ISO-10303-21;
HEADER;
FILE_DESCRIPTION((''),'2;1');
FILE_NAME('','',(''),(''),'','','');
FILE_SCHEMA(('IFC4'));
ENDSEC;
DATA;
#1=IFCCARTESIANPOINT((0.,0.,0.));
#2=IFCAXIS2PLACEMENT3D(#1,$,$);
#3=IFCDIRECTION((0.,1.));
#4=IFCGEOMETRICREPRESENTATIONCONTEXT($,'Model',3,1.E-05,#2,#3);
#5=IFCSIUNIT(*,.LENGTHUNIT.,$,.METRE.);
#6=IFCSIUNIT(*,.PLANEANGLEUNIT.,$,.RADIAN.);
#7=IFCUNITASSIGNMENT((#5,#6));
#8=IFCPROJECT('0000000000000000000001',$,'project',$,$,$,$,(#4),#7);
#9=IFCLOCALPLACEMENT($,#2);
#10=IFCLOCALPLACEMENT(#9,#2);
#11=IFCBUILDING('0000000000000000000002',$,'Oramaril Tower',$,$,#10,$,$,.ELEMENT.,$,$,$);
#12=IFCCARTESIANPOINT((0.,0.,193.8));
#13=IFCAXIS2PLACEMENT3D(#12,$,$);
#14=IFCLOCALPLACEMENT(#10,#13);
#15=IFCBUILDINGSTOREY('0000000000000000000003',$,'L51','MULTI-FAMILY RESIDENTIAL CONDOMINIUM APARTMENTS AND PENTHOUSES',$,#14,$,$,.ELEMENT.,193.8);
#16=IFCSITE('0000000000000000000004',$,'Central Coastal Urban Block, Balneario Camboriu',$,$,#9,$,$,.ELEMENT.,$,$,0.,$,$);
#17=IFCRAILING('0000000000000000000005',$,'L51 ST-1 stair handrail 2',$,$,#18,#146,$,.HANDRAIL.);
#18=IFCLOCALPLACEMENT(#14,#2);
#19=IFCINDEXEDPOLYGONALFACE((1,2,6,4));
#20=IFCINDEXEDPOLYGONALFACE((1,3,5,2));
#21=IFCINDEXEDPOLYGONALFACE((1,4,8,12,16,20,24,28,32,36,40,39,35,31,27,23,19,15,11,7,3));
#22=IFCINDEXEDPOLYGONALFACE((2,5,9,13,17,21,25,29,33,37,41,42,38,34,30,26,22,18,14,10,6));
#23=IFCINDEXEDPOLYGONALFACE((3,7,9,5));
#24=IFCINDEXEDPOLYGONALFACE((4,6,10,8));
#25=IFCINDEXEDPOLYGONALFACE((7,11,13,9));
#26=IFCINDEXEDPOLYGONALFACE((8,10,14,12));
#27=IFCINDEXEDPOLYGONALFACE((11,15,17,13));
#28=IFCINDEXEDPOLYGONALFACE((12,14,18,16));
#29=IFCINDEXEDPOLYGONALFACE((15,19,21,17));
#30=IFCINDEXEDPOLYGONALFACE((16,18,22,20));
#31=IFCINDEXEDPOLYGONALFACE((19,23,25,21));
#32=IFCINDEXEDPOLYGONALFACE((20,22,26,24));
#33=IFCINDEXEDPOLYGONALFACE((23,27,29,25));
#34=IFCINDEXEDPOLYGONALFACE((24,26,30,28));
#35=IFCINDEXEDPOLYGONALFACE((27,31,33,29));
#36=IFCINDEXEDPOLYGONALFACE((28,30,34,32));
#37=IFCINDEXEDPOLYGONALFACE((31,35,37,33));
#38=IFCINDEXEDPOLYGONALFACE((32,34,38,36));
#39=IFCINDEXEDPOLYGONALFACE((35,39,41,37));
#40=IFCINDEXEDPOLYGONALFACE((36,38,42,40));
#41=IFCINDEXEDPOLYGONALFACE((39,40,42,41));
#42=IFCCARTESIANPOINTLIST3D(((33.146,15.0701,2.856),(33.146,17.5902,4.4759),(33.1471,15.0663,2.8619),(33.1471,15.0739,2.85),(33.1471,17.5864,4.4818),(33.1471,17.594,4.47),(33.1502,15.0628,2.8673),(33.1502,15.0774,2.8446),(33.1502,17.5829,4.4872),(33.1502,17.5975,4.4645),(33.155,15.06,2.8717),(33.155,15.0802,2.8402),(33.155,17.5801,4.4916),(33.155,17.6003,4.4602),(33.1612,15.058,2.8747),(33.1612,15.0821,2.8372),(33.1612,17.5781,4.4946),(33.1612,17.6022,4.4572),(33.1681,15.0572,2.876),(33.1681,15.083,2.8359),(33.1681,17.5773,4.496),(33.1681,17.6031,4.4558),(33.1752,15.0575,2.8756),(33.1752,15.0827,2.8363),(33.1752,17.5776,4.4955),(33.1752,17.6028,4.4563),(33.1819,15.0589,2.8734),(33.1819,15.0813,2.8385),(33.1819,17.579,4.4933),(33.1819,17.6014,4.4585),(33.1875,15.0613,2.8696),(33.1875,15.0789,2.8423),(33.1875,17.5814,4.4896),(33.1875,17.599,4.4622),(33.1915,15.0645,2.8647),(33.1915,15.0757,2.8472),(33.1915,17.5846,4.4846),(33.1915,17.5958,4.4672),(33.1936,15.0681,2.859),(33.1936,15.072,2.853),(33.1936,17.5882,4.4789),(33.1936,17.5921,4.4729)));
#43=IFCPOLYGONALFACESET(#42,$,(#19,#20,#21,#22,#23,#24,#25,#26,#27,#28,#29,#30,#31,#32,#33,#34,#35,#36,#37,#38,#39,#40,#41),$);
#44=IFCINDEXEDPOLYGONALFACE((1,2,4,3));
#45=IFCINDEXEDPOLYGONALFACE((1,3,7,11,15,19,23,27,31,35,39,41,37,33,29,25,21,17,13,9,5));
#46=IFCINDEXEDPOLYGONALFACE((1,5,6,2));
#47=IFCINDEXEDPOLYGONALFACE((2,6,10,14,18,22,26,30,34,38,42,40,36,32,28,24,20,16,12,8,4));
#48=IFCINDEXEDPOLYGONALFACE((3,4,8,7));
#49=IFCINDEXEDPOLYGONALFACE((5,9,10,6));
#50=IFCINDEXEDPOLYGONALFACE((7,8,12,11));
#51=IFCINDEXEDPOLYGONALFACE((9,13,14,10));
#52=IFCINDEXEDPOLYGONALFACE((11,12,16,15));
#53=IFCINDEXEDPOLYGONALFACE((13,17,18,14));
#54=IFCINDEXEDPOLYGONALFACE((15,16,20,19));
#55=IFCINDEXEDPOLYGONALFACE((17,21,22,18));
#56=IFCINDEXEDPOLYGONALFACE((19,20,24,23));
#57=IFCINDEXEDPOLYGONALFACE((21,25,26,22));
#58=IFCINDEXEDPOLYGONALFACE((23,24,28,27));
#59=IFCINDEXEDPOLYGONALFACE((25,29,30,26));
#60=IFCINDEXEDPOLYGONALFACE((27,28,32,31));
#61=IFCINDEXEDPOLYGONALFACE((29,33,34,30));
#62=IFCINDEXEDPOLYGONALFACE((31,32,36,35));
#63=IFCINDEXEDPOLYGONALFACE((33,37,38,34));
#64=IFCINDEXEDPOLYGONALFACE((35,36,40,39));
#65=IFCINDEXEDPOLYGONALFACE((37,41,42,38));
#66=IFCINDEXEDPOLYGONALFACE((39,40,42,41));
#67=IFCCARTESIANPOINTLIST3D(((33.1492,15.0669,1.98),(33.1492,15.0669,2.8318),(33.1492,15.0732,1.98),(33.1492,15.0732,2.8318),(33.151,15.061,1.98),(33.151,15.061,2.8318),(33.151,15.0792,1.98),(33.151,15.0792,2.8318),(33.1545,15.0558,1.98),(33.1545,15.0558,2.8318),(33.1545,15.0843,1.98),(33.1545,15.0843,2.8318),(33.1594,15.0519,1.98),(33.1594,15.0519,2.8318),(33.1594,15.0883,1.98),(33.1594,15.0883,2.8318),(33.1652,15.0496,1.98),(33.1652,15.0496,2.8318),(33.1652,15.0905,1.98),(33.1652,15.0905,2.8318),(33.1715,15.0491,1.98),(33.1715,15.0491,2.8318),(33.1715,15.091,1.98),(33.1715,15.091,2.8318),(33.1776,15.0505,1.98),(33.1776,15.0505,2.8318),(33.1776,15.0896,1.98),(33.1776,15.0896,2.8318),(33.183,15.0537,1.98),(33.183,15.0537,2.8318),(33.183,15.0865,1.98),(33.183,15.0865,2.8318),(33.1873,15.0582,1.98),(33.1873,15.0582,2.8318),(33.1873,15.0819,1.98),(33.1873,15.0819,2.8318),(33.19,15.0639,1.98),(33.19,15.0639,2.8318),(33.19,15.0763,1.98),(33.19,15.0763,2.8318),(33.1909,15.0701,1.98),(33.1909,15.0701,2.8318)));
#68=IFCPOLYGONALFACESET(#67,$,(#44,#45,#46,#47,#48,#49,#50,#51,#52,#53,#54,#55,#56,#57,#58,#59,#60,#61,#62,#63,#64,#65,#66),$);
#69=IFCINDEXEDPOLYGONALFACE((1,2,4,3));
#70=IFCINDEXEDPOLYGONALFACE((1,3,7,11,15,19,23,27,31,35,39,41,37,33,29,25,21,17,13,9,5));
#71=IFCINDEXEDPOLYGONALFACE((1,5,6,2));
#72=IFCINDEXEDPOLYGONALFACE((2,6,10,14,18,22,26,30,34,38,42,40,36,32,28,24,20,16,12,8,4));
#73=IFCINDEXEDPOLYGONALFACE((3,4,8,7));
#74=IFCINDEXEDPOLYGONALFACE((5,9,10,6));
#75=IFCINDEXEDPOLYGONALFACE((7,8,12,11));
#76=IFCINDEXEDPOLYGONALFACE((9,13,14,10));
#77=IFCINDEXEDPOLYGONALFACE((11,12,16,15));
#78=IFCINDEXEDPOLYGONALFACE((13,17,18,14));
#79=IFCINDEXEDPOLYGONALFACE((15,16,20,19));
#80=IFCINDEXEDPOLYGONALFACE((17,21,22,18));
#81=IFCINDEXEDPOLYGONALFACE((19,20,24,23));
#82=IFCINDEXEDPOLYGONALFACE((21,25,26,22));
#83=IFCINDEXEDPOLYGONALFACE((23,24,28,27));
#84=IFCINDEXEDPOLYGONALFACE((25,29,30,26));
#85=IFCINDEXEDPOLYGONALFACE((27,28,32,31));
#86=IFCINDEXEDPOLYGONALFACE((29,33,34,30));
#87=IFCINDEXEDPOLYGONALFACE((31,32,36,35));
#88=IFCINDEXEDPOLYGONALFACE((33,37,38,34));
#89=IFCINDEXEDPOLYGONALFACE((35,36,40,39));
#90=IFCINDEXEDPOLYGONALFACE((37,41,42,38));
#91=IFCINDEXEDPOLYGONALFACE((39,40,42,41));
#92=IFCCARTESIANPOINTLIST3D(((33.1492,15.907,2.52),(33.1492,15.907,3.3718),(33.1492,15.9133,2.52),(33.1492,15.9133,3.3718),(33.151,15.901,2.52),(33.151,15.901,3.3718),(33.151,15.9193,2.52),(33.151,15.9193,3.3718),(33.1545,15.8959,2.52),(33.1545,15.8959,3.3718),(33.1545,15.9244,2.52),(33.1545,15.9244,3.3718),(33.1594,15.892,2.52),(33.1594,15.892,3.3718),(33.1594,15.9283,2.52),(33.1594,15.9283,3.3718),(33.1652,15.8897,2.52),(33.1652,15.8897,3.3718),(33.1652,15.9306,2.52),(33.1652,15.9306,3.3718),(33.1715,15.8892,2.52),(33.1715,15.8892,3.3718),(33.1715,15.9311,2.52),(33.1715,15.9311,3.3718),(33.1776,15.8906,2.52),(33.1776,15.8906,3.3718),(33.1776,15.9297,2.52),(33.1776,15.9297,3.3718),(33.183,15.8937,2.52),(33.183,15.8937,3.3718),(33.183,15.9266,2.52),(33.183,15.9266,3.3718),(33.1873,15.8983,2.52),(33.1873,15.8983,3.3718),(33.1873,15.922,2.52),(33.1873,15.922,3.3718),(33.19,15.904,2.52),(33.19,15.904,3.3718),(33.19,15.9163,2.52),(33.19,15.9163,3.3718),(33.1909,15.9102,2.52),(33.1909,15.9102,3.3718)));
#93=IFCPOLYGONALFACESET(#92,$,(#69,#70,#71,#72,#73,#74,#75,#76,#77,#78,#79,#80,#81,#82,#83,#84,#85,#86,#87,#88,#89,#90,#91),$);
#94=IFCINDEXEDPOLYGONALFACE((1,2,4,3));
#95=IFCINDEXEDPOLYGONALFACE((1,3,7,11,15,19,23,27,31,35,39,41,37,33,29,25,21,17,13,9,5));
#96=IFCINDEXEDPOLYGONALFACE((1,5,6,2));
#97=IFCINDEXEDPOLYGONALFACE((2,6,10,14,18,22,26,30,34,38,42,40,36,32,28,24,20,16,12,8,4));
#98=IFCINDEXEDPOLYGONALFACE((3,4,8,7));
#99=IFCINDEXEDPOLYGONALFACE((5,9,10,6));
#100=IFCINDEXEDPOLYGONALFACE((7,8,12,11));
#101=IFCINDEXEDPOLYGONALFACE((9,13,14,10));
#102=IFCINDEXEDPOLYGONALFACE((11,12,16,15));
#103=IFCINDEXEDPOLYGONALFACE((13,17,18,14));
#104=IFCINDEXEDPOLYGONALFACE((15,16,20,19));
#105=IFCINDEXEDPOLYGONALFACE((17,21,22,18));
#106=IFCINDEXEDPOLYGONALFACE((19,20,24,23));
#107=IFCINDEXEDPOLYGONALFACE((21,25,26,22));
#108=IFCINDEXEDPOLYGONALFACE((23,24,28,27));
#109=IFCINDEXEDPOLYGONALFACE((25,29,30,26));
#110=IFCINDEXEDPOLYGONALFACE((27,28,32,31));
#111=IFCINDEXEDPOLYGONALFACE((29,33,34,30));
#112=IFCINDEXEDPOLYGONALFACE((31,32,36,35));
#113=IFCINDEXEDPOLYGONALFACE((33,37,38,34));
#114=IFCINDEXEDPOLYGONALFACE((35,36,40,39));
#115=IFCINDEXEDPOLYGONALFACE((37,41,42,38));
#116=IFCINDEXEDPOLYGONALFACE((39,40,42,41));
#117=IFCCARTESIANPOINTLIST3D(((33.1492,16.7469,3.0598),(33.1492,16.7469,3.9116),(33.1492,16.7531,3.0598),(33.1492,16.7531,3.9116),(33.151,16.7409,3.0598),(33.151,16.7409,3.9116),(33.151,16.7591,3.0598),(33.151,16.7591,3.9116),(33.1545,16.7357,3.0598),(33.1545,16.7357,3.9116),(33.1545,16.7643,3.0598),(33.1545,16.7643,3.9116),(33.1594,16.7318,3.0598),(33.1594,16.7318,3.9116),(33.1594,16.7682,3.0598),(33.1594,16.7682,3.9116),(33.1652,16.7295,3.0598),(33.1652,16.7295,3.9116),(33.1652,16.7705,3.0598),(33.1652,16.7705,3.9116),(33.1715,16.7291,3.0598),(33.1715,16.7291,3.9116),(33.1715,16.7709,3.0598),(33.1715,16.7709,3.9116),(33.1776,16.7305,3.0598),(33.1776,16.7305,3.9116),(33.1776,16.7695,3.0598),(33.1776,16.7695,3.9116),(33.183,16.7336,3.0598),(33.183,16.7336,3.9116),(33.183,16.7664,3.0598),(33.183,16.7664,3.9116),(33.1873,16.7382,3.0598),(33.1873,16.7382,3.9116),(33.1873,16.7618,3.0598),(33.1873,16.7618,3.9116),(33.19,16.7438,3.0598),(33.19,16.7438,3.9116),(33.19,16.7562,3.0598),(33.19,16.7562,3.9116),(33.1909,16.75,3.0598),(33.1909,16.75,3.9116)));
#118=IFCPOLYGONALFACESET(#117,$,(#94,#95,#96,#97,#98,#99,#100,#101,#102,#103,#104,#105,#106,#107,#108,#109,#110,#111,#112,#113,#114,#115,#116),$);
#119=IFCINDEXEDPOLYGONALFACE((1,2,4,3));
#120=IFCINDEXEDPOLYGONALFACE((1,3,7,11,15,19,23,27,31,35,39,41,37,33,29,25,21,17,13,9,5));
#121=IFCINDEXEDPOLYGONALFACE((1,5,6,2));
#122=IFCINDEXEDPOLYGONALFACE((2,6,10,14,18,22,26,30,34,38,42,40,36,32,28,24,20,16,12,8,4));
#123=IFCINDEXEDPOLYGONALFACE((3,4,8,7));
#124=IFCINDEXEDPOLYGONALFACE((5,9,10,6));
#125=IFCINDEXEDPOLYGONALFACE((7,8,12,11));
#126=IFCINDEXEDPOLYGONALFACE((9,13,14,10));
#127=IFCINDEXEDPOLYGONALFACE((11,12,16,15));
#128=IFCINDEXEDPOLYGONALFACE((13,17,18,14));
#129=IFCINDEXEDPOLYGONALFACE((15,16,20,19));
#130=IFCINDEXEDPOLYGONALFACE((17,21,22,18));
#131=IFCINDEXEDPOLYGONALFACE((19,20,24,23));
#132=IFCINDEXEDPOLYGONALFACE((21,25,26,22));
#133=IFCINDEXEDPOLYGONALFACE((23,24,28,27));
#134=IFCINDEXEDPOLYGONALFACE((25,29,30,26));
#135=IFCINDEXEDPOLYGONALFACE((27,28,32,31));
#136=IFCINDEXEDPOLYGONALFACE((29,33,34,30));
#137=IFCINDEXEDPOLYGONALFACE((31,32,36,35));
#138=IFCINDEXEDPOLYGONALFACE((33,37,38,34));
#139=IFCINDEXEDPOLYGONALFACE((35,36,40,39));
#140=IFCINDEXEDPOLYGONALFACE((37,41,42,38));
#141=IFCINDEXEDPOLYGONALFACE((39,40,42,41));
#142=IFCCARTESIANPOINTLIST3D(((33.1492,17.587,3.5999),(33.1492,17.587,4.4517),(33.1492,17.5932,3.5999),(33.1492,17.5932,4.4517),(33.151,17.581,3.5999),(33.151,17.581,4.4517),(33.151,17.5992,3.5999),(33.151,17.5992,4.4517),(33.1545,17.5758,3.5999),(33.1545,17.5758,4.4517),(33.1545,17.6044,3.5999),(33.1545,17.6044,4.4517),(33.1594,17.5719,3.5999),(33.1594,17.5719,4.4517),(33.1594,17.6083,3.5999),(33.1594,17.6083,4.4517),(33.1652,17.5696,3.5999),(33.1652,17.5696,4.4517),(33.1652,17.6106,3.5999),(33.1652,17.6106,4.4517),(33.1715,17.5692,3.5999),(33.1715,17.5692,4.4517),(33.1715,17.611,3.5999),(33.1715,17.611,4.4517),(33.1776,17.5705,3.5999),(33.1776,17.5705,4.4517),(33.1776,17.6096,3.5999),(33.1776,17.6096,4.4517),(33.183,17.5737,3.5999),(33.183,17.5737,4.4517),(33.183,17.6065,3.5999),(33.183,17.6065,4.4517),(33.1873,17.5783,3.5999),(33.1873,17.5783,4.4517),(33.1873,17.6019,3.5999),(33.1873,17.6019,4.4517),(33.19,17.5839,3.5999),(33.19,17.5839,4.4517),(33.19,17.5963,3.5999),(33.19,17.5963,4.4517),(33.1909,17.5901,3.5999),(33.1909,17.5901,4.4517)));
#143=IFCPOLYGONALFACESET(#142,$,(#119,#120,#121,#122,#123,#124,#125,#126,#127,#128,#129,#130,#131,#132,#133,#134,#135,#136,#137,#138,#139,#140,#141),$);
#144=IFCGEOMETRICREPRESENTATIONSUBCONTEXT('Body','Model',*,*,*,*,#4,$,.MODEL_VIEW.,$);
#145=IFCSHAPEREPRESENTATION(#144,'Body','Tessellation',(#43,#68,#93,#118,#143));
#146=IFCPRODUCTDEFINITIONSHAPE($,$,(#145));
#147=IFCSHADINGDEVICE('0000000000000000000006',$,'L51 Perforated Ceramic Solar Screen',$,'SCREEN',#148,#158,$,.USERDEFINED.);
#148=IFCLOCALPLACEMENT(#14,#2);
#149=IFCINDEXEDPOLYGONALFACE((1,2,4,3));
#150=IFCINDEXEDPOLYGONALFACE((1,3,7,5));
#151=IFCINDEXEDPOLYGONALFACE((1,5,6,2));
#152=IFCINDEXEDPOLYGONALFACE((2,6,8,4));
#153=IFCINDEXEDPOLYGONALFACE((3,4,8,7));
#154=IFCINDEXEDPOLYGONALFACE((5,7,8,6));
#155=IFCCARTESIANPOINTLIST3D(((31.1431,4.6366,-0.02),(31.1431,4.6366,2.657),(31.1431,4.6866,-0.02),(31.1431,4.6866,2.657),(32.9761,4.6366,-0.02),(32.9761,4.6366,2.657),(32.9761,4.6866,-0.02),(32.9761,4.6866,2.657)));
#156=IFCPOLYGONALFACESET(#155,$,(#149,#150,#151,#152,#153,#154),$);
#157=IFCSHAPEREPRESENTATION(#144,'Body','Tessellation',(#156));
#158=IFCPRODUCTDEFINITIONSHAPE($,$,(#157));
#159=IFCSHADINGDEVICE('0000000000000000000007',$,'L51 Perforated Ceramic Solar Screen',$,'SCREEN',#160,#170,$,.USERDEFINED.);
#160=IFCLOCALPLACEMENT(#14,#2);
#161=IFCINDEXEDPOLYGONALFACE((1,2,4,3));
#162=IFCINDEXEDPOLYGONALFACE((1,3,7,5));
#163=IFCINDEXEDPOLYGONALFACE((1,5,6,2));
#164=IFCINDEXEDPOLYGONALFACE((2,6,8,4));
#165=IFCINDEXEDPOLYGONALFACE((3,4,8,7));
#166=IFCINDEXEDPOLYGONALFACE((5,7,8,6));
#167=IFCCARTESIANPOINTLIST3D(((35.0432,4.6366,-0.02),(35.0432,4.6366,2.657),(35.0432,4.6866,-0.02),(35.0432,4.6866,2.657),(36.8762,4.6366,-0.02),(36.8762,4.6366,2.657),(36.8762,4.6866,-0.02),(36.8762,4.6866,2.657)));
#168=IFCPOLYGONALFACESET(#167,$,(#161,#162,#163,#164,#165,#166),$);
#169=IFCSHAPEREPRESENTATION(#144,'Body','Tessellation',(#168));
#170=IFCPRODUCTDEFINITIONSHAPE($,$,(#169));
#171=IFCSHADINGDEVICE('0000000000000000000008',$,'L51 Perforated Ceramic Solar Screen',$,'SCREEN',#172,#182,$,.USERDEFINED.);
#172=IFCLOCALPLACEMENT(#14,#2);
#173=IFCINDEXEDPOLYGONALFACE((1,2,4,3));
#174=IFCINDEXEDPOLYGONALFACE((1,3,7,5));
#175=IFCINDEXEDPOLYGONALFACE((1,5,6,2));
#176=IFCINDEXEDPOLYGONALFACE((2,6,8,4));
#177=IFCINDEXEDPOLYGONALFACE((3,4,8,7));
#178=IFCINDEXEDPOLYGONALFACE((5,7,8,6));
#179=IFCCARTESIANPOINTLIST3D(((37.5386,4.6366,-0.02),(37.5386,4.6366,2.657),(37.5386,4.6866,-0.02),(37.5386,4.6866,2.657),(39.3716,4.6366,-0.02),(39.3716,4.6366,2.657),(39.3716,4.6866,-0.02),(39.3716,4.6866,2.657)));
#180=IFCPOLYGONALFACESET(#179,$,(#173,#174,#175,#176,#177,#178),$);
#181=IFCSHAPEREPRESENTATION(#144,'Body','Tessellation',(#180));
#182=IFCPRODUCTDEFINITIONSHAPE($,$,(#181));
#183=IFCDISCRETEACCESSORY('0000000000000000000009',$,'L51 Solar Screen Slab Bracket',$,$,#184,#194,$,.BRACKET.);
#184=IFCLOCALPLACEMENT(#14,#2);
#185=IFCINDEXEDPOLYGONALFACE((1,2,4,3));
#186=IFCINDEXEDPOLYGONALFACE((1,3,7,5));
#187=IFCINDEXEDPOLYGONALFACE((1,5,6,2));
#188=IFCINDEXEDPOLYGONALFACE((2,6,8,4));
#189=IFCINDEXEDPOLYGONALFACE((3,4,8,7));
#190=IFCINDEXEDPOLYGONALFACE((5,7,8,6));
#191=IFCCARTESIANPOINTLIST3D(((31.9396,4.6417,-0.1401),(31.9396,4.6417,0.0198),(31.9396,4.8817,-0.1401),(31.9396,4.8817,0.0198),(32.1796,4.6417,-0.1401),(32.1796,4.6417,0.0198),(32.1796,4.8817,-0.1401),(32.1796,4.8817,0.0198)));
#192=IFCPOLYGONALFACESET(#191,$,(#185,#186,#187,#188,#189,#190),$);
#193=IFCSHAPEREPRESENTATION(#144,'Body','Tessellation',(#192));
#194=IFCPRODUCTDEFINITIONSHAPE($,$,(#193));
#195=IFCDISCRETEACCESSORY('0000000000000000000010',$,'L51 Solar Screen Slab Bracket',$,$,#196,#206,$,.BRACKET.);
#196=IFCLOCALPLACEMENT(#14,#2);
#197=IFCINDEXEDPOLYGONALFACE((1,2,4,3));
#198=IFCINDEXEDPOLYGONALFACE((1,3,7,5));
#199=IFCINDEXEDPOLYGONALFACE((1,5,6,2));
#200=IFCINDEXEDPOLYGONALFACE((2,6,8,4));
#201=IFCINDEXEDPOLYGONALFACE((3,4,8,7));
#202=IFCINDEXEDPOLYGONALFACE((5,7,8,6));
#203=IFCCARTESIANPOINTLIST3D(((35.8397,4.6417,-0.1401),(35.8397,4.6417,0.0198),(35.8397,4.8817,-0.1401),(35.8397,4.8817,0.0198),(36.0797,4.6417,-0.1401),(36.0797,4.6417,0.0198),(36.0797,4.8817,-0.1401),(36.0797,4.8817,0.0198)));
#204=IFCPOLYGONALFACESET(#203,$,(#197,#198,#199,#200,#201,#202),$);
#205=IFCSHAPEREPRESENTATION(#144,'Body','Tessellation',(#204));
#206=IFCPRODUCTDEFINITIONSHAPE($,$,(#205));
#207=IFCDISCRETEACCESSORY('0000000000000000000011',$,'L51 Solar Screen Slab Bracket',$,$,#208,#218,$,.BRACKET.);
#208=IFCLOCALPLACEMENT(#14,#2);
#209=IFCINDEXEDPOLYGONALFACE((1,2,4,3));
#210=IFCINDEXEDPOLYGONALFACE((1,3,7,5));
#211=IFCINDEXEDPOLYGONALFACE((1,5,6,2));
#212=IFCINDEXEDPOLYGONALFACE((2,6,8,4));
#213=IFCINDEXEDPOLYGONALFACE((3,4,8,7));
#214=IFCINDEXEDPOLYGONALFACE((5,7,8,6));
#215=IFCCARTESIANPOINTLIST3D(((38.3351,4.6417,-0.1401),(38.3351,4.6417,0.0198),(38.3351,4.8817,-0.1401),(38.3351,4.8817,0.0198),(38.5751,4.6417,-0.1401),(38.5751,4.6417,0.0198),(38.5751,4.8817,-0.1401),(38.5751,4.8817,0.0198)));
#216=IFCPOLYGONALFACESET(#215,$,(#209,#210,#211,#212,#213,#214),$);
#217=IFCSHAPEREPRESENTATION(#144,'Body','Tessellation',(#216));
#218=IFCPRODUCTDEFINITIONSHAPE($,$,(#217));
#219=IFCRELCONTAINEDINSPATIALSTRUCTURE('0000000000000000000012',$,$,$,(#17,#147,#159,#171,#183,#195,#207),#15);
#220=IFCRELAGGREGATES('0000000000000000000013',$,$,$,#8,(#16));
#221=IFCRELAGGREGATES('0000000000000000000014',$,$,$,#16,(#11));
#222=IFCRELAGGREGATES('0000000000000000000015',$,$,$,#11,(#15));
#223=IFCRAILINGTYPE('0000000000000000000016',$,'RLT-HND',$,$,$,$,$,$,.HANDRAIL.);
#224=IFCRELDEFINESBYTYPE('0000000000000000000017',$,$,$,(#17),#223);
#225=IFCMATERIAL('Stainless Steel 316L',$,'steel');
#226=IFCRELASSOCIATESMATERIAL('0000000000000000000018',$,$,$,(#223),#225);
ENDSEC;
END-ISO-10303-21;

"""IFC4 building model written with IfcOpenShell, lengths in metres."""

from ifc_helpers import new_model, si_unit, direction, frame, origin, origin_2d, place, context, subcontext, project, spatial, rectangle, circle, extrude, material, type_object, element, save


model = new_model("IFC4")

# Units and contexts
model_context = context("Model", 3, precision=1e-05, world=origin(), true_north=direction((0.0, 1.0)))
body_context = subcontext(model_context, "Body", "Model", "MODEL_VIEW")
ifc_project = project(units=[si_unit("LENGTHUNIT", "METRE"), si_unit("PLANEANGLEUNIT", "RADIAN")], contexts=[model_context])

# Site, building, storey
site_placement = place(None, origin())
site = spatial("IfcSite", under=ifc_project, at=site_placement, Name="Central Coastal Urban Block, Balneario Camboriu", CompositionType="ELEMENT", RefElevation=0.0)
building_placement = place(site_placement, origin())
building = spatial("IfcBuilding", under=site, at=building_placement, Name="Oramaril Tower", CompositionType="ELEMENT")
storey_placement = place(building_placement, frame((0.0, 0.0, 193.8)))
storey = spatial("IfcBuildingStorey", under=building, at=storey_placement, Name="L51", Description="MULTI-FAMILY RESIDENTIAL CONDOMINIUM APARTMENTS AND PENTHOUSES", CompositionType="ELEMENT", Elevation=193.8)

# Railing
ifc_material_1 = material(Name="Stainless Steel 316L", Category="steel")
railing_type_1 = type_object("IfcRailingType", Name="RLT-HND", PredefinedType="HANDRAIL", material=ifc_material_1)
railing_1_placement = place(storey_placement, frame((33.1699, 15.0701, 1.98)))
element("IfcRailing", 1, at=railing_1_placement, inside=storey, type_object=railing_type_1, Name="L51 ST-1 stair handrail 2", PredefinedType="HANDRAIL", context=body_context, shape_type="SweptSolid", body=[
    extrude(circle(Radius=0.0239, at=origin_2d()), frame((0.0, 0.0, 0.876), z_axis=(0.0, 0.8412, 0.540725), x_axis=(-1.0, 0.0, 0.0)), (0.0, 0.0, 1.0), 2.9958),
    extrude(circle(Radius=0.021, at=origin_2d()), origin(), (0.0, 0.0, 1.0), 0.8518),
    extrude(circle(Radius=0.021, at=origin_2d()), frame((0.0, 0.8401, 0.54)), (0.0, 0.0, 1.0), 0.8518),
    extrude(circle(Radius=0.021, at=origin_2d()), frame((0.0, 1.6799, 1.0798)), (0.0, 0.0, 1.0), 0.8518),
    extrude(circle(Radius=0.021, at=origin_2d()), frame((0.0, 2.52, 1.6199)), (0.0, 0.0, 1.0), 0.8518),
])

# Shading devices
for number, where, z_axis, x_axis, name in (
    (2, (32.0596, 4.6616, -0.02), (0.0, 0.0, 1.0), (1.0, 0.0, 0.0), "L51 Perforated Ceramic Solar Screen"),
    (3, (35.9597, 4.6616, -0.02), (0.0, 0.0, 1.0), (1.0, 0.0, 0.0), "L51 Perforated Ceramic Solar Screen"),
    (4, (38.4551, 4.6616, -0.02), (0.0, 0.0, 1.0), (1.0, 0.0, 0.0), "L51 Perforated Ceramic Solar Screen"),
):
    element("IfcShadingDevice", number, at=place(storey_placement, frame(where, z_axis=z_axis, x_axis=x_axis)), inside=storey, Name=name, ObjectType="SCREEN", PredefinedType="USERDEFINED", context=body_context, shape_type="SweptSolid", body=[
        extrude(rectangle(XDim=1.833, YDim=0.05, at=origin_2d()), origin(), (0.0, 0.0, 1.0), 2.677),
    ])

# Discrete accessories
for number, where, z_axis, x_axis, name in (
    (5, (32.0596, 4.7617, -0.1401), (0.0, 0.0, 1.0), (1.0, 0.0, 0.0), "L51 Solar Screen Slab Bracket"),
    (6, (35.9597, 4.7617, -0.1401), (0.0, 0.0, 1.0), (1.0, 0.0, 0.0), "L51 Solar Screen Slab Bracket"),
    (7, (38.4551, 4.7617, -0.1401), (0.0, 0.0, 1.0), (1.0, 0.0, 0.0), "L51 Solar Screen Slab Bracket"),
):
    element("IfcDiscreteAccessory", number, at=place(storey_placement, frame(where, z_axis=z_axis, x_axis=x_axis)), inside=storey, Name=name, PredefinedType="BRACKET", context=body_context, shape_type="SweptSolid", body=[
        extrude(rectangle(XDim=0.24, YDim=0.24, at=origin_2d()), origin(), (0.0, 0.0, 1.0), 0.1599),
    ])

save(model, "model.ifc")
